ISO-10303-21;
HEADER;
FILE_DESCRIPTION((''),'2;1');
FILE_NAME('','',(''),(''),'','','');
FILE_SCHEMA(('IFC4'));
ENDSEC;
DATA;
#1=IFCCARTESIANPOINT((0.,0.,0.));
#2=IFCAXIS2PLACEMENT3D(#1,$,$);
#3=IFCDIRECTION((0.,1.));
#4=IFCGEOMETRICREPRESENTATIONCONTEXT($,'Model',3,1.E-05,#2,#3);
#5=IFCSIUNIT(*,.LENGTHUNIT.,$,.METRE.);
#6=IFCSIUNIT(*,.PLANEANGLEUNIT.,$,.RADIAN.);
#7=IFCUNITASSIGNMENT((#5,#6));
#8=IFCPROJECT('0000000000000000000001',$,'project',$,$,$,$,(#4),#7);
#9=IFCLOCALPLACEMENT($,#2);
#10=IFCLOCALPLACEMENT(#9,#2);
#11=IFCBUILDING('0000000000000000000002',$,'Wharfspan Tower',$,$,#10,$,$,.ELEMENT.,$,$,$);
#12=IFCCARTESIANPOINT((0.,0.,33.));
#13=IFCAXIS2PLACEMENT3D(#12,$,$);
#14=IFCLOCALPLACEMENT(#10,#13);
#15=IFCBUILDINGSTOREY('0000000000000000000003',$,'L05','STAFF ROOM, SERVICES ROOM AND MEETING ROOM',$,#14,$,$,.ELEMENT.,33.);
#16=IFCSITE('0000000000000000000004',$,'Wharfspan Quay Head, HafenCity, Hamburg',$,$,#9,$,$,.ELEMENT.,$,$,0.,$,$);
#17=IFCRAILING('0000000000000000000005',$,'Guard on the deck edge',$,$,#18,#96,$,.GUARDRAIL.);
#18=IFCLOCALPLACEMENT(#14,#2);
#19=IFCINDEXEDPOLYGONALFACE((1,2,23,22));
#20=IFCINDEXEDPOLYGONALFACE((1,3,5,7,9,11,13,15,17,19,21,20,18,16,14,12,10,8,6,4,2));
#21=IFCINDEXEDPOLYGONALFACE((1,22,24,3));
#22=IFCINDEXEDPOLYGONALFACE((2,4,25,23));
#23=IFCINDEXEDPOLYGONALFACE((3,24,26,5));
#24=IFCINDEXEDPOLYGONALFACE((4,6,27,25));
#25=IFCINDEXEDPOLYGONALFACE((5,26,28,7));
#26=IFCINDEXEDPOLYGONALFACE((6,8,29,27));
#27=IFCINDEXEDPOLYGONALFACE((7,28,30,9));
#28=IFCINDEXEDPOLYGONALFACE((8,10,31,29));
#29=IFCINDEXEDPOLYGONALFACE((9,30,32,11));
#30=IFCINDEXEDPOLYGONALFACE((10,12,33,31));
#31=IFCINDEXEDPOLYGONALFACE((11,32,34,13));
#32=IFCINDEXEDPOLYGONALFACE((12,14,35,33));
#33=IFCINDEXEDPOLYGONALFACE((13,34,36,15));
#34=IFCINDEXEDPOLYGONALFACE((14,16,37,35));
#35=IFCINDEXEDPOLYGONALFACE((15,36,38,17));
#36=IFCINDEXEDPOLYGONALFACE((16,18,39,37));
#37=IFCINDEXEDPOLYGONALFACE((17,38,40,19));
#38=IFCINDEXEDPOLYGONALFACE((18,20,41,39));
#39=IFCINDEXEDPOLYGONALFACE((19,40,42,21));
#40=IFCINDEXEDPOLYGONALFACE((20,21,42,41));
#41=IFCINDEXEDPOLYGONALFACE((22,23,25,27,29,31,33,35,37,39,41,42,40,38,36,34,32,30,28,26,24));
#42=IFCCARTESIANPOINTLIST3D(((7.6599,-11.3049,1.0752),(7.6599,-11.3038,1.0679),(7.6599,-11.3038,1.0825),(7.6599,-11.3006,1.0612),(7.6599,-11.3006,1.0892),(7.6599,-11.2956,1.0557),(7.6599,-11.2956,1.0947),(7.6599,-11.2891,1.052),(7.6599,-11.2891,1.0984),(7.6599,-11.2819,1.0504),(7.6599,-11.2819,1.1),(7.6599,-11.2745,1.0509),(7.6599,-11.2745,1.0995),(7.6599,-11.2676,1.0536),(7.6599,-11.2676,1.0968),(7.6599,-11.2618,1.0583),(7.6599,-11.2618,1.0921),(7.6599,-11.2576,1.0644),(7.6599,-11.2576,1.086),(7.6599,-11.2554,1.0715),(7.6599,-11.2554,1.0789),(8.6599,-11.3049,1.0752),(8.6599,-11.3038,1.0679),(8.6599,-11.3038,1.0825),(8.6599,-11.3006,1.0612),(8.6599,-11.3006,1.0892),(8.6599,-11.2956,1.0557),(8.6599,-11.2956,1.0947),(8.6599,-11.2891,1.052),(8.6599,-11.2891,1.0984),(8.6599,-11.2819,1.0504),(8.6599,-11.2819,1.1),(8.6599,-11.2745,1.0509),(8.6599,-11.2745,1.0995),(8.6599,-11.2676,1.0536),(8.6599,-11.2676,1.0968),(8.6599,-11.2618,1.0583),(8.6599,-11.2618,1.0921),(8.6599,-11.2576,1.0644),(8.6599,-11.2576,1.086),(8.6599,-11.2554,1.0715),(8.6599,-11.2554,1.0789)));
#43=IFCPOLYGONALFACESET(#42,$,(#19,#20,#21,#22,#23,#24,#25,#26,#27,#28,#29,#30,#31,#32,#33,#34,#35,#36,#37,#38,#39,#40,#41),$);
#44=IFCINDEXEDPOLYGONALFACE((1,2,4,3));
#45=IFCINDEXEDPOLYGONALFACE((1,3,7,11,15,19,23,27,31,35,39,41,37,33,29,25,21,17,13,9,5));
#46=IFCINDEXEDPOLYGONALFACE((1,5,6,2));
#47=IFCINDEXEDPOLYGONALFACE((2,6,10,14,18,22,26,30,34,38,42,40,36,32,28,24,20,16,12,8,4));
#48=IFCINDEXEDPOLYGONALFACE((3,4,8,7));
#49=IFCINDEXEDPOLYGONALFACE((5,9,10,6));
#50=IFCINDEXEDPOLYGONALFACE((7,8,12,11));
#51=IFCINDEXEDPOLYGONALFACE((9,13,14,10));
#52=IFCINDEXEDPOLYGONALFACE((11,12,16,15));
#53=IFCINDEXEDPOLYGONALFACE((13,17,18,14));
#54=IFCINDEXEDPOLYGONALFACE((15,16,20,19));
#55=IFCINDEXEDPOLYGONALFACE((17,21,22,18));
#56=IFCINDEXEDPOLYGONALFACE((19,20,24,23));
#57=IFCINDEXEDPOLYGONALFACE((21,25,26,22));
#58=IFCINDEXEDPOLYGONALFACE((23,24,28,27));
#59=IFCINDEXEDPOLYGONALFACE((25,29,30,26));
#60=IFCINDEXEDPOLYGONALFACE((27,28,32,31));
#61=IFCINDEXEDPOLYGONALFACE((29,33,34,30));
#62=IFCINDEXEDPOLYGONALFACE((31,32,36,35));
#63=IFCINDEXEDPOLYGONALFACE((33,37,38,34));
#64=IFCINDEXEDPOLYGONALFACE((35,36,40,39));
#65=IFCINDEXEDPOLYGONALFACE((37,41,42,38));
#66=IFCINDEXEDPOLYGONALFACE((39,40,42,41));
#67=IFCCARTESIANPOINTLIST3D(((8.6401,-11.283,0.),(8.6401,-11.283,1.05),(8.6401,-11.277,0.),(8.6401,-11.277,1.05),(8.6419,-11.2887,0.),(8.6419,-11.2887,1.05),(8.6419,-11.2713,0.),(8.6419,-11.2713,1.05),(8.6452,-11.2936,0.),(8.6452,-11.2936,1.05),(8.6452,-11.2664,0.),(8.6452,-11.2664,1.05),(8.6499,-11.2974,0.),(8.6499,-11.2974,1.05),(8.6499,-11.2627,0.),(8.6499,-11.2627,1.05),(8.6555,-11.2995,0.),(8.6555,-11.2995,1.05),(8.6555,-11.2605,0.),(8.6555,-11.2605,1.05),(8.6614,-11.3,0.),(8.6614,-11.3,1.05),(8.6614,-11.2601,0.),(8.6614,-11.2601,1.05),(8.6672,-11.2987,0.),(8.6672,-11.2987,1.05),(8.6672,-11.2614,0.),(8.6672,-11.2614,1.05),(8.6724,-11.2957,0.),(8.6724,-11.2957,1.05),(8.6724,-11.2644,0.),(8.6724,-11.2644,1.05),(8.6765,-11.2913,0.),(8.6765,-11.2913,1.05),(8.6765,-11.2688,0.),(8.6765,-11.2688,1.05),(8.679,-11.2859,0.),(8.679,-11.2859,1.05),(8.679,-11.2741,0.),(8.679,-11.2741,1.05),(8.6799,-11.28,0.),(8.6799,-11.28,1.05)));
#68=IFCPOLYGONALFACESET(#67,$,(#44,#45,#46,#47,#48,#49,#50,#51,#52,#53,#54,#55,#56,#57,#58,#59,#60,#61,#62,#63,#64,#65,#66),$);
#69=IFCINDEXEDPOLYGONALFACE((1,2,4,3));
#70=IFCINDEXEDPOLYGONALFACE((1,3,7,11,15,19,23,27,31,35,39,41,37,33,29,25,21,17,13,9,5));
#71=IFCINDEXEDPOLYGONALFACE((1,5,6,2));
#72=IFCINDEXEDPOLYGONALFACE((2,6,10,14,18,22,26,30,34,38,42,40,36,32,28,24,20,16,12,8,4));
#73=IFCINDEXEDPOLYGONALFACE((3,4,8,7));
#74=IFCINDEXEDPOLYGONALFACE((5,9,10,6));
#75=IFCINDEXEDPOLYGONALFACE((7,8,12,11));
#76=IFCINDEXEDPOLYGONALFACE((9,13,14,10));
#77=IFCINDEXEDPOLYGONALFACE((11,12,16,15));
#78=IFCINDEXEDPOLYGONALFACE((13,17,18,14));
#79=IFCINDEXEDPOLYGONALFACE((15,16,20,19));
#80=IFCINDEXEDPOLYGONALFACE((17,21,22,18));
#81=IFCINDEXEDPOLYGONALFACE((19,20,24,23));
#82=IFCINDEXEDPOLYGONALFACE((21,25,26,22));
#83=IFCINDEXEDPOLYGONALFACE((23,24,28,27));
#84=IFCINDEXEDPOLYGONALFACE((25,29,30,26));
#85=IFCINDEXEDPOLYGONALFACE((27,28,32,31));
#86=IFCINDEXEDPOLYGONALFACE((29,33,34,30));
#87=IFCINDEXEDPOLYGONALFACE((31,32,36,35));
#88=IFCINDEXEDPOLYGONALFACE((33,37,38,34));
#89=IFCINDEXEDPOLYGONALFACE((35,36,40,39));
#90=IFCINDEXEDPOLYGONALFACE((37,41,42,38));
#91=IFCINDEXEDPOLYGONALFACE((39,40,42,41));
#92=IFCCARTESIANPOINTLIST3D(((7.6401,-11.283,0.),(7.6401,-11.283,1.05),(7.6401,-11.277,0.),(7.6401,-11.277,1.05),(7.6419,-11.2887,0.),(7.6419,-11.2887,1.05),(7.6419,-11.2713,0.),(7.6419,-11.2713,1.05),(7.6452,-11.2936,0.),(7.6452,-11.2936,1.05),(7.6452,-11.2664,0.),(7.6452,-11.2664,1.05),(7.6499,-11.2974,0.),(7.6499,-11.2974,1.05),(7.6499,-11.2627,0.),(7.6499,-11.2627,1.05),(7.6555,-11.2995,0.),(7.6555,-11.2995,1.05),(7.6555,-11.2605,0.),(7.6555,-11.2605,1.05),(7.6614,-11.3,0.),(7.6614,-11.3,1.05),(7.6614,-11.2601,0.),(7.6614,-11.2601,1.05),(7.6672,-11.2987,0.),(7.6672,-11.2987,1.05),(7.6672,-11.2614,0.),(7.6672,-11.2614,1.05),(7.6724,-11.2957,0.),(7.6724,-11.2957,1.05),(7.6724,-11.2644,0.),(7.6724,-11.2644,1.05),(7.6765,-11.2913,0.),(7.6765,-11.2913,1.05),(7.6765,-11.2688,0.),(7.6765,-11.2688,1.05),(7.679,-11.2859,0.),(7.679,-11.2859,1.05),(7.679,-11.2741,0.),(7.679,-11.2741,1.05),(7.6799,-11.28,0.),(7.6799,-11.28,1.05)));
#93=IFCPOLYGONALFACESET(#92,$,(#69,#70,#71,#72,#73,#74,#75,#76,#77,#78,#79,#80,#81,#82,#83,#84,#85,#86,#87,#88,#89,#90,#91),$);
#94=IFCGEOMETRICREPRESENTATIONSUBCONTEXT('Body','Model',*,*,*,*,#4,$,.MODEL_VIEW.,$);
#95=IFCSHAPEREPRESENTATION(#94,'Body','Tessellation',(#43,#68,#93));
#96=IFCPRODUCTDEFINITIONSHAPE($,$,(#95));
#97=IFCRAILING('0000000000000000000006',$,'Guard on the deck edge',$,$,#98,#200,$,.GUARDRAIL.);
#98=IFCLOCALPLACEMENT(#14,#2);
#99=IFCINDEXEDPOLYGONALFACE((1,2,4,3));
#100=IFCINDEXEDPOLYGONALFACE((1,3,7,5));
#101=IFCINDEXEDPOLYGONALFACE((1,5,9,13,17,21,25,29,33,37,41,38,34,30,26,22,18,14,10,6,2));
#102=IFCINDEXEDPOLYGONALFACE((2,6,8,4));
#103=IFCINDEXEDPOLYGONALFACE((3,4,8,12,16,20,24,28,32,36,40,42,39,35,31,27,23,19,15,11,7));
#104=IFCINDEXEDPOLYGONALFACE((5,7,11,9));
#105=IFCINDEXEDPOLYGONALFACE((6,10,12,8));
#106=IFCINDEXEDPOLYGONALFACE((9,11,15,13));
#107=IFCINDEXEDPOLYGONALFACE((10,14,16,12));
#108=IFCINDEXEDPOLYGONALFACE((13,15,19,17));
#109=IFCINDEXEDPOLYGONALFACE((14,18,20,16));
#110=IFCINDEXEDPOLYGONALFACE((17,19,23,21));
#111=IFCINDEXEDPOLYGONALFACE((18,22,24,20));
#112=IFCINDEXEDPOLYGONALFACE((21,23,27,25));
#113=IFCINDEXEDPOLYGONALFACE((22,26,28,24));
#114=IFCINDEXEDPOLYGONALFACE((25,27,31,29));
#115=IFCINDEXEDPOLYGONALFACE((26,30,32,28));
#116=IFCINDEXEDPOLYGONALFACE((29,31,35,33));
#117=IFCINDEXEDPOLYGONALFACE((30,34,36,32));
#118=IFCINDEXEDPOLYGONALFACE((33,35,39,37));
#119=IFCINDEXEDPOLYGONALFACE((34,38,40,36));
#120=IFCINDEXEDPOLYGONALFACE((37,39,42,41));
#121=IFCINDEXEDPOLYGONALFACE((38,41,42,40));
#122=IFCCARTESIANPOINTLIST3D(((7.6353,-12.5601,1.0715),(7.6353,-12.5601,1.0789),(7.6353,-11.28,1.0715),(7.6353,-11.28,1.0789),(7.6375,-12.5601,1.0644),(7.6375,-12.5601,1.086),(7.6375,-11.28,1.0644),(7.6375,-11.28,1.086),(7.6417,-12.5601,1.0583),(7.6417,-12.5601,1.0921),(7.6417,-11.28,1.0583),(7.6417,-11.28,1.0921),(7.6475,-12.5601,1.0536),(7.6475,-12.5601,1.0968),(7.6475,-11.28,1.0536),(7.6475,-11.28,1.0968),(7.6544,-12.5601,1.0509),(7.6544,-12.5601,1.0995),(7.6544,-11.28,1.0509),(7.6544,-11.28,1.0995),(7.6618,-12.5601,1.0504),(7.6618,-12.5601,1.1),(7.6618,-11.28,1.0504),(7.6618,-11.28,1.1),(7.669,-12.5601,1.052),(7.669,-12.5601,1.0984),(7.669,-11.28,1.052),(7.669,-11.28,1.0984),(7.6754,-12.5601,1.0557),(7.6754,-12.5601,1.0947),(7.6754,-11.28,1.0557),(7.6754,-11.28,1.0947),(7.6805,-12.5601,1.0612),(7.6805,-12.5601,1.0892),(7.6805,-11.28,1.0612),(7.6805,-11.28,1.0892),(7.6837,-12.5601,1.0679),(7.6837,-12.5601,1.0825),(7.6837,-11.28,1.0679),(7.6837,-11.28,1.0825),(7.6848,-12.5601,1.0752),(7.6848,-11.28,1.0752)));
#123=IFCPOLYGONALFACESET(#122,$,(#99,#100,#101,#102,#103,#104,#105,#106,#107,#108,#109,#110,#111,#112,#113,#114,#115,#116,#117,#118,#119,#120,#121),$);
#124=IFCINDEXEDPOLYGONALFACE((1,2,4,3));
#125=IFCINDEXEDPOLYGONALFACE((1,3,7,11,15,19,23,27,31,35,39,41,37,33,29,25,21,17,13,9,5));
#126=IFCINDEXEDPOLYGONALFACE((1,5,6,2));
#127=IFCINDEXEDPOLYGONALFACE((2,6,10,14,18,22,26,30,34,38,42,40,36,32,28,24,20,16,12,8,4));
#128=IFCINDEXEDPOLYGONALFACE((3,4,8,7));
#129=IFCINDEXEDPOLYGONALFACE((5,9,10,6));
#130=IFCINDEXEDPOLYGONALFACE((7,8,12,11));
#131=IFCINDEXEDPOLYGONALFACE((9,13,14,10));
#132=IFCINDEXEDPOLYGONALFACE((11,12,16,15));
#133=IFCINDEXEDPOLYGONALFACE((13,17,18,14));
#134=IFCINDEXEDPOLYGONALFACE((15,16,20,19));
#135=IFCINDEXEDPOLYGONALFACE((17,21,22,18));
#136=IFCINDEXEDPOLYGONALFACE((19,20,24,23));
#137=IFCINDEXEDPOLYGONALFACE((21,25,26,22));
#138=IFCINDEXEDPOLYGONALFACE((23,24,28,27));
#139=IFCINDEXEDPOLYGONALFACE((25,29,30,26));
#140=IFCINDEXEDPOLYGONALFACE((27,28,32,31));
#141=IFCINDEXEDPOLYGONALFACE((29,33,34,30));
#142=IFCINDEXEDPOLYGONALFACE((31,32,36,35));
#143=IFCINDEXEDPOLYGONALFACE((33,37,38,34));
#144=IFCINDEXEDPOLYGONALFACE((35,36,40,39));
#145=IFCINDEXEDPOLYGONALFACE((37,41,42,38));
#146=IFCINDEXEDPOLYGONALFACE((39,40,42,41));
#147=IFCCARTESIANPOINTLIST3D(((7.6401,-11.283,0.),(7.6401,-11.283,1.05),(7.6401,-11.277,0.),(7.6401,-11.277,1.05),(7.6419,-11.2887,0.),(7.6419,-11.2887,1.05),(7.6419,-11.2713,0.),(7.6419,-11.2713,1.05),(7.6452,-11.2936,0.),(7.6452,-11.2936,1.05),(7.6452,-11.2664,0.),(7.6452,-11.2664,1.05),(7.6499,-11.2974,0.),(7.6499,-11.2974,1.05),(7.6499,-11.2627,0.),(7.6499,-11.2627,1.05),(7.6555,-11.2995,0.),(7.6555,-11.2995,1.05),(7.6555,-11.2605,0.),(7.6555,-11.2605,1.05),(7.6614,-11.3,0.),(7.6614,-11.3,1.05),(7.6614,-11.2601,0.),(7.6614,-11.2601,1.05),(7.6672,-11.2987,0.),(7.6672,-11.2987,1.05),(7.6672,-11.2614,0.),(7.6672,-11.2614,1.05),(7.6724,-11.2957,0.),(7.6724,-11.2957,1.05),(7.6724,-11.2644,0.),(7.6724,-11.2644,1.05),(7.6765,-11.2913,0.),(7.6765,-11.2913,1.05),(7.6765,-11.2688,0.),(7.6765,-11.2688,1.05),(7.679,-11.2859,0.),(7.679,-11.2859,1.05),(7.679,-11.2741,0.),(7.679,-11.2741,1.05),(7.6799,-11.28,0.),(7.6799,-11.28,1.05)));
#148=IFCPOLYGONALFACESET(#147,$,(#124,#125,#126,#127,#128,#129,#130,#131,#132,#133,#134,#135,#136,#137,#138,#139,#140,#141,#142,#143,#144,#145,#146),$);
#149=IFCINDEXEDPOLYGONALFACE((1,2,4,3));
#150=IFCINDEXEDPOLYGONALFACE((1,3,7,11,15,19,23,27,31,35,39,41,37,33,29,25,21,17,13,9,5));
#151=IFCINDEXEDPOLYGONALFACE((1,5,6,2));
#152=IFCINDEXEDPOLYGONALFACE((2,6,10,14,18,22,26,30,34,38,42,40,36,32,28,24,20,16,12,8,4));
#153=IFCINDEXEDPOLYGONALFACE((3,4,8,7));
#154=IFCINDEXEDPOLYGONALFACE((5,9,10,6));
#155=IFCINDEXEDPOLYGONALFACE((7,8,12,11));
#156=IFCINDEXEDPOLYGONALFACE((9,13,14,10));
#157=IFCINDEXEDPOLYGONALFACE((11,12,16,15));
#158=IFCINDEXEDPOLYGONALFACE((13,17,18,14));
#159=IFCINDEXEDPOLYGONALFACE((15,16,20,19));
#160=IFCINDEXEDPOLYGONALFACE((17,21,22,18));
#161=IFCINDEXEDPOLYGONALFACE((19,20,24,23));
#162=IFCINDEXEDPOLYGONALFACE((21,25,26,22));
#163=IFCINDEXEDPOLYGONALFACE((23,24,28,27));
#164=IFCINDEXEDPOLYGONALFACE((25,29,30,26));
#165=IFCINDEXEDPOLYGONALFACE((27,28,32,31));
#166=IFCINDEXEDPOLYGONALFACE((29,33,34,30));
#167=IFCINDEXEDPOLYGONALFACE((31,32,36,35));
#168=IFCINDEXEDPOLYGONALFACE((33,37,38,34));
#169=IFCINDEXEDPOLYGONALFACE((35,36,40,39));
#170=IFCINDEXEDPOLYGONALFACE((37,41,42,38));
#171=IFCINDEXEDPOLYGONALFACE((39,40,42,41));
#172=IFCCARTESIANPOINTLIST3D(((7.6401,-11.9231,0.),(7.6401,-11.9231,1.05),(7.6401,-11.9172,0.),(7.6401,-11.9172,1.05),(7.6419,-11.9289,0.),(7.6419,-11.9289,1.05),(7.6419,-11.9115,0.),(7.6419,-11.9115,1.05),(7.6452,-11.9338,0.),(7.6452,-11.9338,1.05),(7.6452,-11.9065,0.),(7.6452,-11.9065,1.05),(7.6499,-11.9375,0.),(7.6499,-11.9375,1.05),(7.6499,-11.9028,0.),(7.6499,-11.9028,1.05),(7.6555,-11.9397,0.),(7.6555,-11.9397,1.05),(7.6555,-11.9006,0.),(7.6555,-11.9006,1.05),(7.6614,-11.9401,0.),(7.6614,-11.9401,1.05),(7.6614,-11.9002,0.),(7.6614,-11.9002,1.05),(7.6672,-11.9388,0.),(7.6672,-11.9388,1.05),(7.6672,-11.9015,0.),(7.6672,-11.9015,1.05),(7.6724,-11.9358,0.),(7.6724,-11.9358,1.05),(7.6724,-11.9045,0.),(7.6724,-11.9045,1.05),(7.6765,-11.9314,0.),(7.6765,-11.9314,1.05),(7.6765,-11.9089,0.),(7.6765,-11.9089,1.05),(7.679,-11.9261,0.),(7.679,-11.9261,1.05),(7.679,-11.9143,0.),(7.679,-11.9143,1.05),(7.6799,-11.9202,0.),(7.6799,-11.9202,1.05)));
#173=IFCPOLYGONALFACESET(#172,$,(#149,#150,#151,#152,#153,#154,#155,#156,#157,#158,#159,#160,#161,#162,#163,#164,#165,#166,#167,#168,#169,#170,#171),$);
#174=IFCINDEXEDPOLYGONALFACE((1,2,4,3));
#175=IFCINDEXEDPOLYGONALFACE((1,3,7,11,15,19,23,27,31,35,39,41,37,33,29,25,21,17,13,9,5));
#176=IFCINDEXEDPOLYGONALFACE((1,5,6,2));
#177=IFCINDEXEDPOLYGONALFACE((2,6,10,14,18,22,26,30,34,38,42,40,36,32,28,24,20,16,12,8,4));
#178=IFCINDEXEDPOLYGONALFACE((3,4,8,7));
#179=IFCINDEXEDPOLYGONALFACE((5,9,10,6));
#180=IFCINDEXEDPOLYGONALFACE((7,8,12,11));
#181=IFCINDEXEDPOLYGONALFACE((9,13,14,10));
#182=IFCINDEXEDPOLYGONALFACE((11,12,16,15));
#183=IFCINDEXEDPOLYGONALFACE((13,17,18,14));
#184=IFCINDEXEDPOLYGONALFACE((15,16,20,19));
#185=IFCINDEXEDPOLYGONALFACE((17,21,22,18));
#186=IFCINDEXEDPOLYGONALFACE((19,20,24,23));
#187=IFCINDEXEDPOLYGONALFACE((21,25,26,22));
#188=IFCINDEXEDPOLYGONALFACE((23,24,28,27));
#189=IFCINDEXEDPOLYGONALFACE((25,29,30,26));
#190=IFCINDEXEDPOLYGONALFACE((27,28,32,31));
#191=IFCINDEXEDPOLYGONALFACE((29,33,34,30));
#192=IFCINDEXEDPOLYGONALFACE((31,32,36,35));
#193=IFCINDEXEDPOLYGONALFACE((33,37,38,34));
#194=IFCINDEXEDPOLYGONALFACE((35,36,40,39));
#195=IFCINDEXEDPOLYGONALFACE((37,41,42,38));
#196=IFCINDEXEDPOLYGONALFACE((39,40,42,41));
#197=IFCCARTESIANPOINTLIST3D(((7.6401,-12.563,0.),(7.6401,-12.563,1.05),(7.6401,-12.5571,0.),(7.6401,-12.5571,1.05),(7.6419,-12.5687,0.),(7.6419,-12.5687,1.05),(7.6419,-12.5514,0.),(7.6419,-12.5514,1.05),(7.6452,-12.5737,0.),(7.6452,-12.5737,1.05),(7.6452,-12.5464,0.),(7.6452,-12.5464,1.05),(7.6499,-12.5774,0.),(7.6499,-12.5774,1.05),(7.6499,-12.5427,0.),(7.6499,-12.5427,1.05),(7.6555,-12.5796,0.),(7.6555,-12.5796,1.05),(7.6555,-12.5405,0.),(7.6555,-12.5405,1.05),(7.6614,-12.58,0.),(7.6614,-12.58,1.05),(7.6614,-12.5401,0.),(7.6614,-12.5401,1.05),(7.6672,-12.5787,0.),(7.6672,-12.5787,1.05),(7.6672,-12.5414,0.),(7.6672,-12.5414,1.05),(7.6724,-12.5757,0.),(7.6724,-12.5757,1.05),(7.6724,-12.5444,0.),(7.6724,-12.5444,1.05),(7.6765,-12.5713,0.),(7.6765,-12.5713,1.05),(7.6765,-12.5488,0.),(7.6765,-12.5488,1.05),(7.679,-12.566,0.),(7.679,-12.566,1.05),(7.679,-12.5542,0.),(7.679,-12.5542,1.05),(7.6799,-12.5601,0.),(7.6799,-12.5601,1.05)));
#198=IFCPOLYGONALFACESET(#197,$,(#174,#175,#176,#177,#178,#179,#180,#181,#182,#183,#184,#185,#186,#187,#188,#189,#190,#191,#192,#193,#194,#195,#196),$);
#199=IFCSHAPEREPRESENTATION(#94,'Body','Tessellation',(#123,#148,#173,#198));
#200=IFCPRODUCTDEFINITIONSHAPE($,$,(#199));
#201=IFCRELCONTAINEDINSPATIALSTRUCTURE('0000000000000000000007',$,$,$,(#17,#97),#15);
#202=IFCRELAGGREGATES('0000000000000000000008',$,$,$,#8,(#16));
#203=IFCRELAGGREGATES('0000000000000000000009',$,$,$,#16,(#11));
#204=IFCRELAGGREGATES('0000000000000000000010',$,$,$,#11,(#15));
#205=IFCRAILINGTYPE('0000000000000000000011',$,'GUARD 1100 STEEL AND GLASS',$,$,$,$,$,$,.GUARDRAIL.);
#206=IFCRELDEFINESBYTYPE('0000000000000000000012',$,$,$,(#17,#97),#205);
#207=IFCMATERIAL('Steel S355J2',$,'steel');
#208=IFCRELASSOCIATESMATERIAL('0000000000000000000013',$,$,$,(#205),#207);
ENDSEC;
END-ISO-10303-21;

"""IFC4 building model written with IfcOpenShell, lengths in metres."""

from ifc_helpers import new_model, si_unit, direction, frame, origin, origin_2d, place, context, subcontext, project, spatial, circle, extrude, material, type_object, element, save


model = new_model("IFC4")

# Units and contexts
model_context = context("Model", 3, precision=1e-05, world=origin(), true_north=direction((0.0, 1.0)))
body_context = subcontext(model_context, "Body", "Model", "MODEL_VIEW")
ifc_project = project(units=[si_unit("LENGTHUNIT", "METRE"), si_unit("PLANEANGLEUNIT", "RADIAN")], contexts=[model_context])

# Site, building, storey
site_placement = place(None, origin())
site = spatial("IfcSite", under=ifc_project, at=site_placement, Name="Wharfspan Quay Head, HafenCity, Hamburg", CompositionType="ELEMENT", RefElevation=0.0)
building_placement = place(site_placement, origin())
building = spatial("IfcBuilding", under=site, at=building_placement, Name="Wharfspan Tower", CompositionType="ELEMENT")
storey_placement = place(building_placement, frame((0.0, 0.0, 33.0)))
storey = spatial("IfcBuildingStorey", under=building, at=storey_placement, Name="L05", Description="STAFF ROOM, SERVICES ROOM AND MEETING ROOM", CompositionType="ELEMENT", Elevation=33.0)

# Railings
ifc_material_1 = material(Name="Steel S355J2", Category="steel")
railing_type = type_object("IfcRailingType", Name="GUARD 1100 STEEL AND GLASS", PredefinedType="GUARDRAIL", material=ifc_material_1)
railing_1_placement = place(storey_placement, frame((8.6599, -11.28, 0.0)))
element("IfcRailing", 1, at=railing_1_placement, inside=storey, type_object=railing_type, Name="Guard on the deck edge", PredefinedType="GUARDRAIL", context=body_context, shape_type="SweptSolid", body=[
    extrude(circle(Radius=0.0249, at=origin_2d()), frame((0.0, 0.0, 1.0752), z_axis=(-1.0, 0.0, 0.0), x_axis=(0.0, -1.0, 0.0)), (0.0, 0.0, 1.0), 1.0),
    extrude(circle(Radius=0.02, at=origin_2d()), origin(), (0.0, 0.0, 1.0), 1.05),
    extrude(circle(Radius=0.02, at=origin_2d()), frame((-1.0, 0.0, 0.0)), (0.0, 0.0, 1.0), 1.05),
])
railing_2_placement = place(storey_placement, frame((7.6599, -11.28, 0.0)))
element("IfcRailing", 2, at=railing_2_placement, inside=storey, type_object=railing_type, Name="Guard on the deck edge", PredefinedType="GUARDRAIL", context=body_context, shape_type="SweptSolid", body=[
    extrude(circle(Radius=0.0249, at=origin_2d()), frame((0.0, 0.0, 1.0752), z_axis=(0.0, -1.0, 0.0), x_axis=(1.0, 0.0, 0.0)), (0.0, 0.0, 1.0), 1.28),
    extrude(circle(Radius=0.02, at=origin_2d()), origin(), (0.0, 0.0, 1.0), 1.05),
    extrude(circle(Radius=0.02, at=origin_2d()), frame((0.0, -0.6401, 0.0)), (0.0, 0.0, 1.0), 1.05),
    extrude(circle(Radius=0.02, at=origin_2d()), frame((0.0, -1.28, 0.0)), (0.0, 0.0, 1.0), 1.05),
])

save(model, "model.ifc")
